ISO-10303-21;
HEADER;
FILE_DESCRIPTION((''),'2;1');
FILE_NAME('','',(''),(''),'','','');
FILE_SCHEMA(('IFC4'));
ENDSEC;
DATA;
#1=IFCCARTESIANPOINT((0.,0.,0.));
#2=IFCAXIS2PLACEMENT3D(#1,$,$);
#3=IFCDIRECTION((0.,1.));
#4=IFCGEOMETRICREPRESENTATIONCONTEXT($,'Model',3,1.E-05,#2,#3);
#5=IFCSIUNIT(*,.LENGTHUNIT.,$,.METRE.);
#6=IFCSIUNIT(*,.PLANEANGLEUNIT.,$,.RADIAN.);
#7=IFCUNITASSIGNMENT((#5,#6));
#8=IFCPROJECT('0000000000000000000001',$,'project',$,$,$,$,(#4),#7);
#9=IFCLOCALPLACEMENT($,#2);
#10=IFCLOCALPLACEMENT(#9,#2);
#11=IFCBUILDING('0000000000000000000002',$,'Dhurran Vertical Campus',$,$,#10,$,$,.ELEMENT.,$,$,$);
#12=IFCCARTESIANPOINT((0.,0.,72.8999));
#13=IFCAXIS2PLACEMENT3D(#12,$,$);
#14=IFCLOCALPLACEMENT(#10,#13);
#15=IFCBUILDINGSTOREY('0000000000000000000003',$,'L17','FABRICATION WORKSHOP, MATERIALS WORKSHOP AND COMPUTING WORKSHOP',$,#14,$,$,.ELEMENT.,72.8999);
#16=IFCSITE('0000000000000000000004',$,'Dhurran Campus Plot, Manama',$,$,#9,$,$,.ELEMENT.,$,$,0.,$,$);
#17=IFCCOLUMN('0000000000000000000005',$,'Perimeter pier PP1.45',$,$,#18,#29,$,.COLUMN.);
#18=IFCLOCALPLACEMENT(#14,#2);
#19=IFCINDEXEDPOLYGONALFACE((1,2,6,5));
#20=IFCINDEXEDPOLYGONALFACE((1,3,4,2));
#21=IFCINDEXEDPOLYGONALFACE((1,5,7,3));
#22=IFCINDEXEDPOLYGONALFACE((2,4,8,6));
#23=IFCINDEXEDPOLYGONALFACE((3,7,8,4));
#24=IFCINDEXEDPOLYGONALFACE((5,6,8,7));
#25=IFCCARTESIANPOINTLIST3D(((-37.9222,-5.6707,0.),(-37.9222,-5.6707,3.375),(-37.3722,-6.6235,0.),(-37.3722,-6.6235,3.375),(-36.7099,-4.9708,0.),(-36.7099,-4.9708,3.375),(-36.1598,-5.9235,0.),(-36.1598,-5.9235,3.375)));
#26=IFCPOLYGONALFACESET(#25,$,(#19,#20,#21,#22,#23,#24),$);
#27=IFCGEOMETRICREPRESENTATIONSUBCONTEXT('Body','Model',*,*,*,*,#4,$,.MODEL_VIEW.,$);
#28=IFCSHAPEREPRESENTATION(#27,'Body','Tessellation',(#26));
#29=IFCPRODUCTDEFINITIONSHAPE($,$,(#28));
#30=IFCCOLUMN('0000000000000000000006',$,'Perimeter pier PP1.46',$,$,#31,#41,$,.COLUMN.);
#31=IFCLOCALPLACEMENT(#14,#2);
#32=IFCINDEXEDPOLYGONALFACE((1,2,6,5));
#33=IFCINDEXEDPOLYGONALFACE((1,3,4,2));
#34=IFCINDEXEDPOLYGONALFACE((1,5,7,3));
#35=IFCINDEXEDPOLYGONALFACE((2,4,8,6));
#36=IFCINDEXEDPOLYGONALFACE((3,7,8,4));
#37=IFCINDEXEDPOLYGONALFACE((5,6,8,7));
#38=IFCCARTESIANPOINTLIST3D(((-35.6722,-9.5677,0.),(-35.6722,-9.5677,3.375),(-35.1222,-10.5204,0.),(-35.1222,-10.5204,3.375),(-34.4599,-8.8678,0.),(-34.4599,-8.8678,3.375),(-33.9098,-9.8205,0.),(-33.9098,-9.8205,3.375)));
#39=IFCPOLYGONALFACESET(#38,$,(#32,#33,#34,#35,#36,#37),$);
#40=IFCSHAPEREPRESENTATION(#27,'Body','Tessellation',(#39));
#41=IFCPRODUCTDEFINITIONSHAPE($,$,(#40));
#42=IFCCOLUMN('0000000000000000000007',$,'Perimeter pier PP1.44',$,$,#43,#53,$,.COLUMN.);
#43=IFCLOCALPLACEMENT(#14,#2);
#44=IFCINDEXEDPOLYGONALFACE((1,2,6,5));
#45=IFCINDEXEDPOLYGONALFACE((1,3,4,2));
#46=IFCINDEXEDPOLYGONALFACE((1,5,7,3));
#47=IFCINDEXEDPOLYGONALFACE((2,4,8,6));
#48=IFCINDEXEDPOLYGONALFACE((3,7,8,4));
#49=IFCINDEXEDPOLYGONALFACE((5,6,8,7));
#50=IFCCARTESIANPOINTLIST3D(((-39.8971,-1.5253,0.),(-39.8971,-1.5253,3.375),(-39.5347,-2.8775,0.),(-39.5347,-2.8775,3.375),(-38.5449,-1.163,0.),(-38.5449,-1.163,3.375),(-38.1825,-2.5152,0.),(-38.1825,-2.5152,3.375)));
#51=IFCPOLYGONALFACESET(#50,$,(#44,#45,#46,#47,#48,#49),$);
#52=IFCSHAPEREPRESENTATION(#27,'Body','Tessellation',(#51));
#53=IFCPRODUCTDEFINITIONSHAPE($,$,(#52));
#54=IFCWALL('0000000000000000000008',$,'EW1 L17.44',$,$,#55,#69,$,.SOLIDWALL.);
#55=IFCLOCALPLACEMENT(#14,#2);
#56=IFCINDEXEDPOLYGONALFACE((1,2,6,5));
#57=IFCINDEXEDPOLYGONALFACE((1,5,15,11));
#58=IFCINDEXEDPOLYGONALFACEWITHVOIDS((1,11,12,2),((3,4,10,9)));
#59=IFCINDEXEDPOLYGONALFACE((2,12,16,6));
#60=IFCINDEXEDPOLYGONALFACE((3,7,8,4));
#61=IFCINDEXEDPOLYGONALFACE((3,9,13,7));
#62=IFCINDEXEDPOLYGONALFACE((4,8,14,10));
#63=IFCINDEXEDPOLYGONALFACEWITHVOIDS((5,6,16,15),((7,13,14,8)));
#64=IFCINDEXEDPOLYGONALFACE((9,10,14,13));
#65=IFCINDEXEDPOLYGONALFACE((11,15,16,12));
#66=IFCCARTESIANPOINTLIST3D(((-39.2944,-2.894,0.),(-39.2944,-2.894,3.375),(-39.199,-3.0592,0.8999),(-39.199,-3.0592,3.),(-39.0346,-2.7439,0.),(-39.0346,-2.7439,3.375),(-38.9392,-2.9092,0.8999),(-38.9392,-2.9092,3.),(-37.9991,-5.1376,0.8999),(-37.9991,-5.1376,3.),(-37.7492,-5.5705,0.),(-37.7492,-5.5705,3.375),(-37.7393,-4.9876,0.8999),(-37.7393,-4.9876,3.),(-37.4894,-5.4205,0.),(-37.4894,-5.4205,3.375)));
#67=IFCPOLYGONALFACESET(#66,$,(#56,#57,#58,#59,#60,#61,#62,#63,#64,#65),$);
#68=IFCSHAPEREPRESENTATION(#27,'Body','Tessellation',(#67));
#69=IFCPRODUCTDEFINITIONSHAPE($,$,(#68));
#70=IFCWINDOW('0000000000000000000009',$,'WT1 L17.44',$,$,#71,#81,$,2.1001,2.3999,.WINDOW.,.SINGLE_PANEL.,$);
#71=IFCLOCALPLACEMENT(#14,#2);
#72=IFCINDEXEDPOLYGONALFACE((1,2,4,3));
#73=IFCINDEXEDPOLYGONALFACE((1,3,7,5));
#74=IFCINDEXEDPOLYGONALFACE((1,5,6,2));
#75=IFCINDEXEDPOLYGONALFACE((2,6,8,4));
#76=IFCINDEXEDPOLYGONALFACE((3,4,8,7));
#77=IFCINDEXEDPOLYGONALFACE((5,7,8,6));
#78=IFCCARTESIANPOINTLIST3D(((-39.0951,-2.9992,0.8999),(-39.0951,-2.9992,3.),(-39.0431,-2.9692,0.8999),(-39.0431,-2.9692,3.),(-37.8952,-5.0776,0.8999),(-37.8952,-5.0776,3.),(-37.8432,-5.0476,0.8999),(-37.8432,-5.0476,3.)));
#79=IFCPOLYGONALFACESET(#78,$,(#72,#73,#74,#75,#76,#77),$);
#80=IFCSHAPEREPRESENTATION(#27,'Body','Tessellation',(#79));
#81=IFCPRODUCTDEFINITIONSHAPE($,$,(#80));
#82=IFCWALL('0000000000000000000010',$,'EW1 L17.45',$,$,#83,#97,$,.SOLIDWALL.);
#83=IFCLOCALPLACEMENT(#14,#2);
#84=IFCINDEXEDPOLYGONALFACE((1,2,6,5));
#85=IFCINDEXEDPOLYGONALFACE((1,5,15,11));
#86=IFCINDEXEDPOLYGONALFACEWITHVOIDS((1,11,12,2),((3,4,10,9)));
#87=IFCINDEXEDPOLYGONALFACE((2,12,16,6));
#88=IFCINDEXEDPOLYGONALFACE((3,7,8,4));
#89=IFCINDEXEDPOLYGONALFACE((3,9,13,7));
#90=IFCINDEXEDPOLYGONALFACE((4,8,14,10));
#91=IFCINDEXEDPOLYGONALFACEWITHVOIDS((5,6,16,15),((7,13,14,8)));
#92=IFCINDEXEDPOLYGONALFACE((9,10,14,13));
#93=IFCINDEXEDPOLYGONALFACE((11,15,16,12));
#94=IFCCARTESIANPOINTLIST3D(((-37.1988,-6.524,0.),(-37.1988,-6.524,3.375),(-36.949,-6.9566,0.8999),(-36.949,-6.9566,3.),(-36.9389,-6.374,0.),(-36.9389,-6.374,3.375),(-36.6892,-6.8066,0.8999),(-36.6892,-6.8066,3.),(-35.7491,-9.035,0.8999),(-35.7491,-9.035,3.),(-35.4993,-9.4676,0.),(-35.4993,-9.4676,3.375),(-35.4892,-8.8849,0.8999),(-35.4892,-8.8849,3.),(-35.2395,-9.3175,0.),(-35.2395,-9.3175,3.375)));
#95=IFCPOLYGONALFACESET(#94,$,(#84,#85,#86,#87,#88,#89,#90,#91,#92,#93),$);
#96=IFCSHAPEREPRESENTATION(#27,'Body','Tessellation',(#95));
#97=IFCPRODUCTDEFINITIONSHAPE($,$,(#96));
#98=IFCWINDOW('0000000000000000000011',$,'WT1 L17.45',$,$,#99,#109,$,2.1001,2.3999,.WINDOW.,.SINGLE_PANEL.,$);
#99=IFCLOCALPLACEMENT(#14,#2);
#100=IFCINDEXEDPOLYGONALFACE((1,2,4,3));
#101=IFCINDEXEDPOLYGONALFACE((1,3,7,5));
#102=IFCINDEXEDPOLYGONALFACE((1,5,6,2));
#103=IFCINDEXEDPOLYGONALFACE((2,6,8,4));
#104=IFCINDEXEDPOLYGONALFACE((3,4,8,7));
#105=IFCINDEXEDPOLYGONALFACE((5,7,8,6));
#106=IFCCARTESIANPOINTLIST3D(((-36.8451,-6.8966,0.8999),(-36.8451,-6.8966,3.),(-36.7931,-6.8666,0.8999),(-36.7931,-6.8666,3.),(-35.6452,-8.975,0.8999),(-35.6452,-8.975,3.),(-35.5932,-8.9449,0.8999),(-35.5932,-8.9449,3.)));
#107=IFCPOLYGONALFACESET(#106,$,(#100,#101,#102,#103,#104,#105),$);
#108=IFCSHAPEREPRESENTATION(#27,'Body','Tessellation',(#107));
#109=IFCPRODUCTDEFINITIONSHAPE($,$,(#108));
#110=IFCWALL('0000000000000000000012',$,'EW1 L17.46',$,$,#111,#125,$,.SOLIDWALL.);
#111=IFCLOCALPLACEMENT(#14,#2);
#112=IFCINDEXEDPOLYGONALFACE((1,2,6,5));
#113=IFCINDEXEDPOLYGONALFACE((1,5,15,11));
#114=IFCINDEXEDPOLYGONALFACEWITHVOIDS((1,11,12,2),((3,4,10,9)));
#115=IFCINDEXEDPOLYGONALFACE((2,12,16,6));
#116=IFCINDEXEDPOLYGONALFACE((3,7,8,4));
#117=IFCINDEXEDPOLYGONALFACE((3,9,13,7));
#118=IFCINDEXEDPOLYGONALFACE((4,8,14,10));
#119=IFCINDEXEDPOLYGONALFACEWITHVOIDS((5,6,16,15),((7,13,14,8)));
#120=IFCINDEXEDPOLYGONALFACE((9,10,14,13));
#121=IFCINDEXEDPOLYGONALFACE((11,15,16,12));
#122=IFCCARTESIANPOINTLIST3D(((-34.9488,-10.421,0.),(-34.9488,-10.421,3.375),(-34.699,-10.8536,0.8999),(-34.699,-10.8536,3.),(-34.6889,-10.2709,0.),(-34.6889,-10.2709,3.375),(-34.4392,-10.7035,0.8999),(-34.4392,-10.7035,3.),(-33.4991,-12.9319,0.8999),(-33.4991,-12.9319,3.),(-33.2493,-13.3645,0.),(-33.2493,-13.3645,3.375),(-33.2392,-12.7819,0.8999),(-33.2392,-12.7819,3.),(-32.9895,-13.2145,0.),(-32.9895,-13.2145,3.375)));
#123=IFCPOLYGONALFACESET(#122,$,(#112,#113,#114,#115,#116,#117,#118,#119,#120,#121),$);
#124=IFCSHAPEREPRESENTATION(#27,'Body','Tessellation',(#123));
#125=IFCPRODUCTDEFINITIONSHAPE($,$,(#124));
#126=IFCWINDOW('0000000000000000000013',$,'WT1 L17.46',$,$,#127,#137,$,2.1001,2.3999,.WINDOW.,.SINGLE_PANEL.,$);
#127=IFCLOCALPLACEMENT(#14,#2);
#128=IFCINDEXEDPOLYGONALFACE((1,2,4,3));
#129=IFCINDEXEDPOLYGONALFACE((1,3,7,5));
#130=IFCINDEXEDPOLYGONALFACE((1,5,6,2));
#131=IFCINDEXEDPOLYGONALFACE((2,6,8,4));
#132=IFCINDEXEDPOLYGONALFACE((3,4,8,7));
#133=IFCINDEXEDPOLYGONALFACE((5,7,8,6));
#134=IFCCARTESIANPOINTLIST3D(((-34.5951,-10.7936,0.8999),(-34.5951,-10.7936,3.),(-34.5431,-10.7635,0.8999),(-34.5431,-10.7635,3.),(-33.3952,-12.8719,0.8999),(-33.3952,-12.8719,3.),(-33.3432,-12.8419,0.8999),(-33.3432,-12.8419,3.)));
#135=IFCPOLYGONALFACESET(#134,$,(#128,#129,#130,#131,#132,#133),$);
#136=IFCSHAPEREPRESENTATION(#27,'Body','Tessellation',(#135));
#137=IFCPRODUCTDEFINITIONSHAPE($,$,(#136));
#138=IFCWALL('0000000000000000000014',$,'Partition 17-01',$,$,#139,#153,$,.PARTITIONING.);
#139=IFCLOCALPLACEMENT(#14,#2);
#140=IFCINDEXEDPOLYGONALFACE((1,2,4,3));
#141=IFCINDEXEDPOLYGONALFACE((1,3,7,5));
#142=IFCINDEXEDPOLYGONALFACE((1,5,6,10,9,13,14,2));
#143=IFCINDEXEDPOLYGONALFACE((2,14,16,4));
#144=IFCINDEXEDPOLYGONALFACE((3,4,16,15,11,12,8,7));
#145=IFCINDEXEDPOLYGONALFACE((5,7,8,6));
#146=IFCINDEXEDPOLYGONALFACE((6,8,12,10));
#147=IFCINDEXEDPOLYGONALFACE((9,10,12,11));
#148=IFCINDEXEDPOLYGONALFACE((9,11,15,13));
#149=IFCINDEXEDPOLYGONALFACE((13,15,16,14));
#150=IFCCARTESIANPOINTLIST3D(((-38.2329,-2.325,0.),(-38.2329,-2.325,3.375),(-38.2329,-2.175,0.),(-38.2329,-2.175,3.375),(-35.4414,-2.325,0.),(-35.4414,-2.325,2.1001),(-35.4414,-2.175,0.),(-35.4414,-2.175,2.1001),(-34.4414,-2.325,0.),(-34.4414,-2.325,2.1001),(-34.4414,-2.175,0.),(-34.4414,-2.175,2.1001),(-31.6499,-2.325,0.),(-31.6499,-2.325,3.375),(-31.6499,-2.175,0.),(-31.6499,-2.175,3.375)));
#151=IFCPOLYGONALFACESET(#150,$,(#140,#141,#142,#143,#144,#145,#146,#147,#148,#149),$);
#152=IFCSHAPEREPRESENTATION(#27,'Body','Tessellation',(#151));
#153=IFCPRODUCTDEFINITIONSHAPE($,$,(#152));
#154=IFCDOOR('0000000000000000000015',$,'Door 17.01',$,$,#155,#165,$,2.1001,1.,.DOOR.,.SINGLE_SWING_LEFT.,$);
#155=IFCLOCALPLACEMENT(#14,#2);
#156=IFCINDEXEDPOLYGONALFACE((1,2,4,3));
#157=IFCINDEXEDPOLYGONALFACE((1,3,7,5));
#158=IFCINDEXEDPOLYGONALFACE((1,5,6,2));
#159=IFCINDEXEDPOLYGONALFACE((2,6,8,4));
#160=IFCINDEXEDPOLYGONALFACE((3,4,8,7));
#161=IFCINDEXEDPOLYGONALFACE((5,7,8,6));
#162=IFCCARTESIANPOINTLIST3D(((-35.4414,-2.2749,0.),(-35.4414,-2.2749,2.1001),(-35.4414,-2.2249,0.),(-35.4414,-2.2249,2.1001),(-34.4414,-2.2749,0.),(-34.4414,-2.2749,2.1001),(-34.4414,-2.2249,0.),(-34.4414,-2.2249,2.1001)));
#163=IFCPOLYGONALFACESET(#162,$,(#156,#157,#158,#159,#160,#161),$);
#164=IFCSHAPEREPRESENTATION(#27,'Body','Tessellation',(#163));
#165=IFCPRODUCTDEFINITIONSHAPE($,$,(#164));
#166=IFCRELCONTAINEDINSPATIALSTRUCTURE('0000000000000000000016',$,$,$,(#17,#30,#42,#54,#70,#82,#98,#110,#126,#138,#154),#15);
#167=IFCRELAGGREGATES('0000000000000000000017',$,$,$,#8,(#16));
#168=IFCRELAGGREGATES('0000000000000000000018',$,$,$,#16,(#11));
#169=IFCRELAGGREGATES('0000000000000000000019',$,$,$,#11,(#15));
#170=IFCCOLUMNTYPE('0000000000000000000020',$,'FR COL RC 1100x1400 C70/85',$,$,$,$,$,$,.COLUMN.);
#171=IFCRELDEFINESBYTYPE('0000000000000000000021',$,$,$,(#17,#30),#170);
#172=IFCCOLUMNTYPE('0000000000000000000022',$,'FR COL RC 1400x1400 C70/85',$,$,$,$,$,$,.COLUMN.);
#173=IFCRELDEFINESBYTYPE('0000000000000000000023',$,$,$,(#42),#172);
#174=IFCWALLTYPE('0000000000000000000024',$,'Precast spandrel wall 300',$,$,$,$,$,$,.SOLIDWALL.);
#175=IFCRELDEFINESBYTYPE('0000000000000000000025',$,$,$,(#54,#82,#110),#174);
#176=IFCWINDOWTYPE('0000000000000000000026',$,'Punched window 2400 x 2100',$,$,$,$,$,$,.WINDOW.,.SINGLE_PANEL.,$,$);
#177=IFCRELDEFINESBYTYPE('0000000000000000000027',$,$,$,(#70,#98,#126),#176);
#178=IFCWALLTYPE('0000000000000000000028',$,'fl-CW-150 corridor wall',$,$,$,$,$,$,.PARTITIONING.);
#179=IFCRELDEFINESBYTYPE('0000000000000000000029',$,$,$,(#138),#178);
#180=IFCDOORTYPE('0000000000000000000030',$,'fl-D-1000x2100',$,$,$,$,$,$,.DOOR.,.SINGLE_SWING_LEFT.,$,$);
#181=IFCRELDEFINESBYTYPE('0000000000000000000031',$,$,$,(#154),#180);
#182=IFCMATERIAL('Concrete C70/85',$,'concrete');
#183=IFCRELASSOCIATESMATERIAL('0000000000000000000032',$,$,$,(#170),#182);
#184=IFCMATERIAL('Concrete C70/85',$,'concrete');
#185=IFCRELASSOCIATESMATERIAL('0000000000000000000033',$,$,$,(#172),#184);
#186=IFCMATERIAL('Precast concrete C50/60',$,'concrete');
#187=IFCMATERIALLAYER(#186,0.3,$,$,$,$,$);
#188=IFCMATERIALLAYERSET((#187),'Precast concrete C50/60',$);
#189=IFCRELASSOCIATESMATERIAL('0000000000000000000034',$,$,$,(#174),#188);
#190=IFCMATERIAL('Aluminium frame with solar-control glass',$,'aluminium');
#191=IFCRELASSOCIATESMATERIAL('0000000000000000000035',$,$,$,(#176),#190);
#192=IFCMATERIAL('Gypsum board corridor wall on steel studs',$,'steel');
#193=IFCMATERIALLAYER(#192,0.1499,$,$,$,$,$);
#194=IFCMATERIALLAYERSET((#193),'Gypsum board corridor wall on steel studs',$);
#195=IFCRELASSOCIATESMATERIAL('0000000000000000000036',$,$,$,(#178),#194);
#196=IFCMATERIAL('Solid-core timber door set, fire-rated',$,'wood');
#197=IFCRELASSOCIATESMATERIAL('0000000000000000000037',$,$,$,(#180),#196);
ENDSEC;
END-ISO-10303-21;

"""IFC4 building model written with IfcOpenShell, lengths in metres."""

from ifc_helpers import new_model, si_unit, direction, frame, frame_2d, origin, origin_2d, place, context, subcontext, project, spatial, rectangle, extrude, material, layer, layer_set, material_profile, profile_set, type_object, element, fill, save


model = new_model("IFC4")

# Units and contexts
model_context = context("Model", 3, precision=1e-05, world=origin(), true_north=direction((0.0, 1.0)))
body_context = subcontext(model_context, "Body", "Model", "MODEL_VIEW")
ifc_project = project(units=[si_unit("LENGTHUNIT", "METRE"), si_unit("PLANEANGLEUNIT", "RADIAN")], contexts=[model_context])

# Site, building, storey
site_placement = place(None, origin())
site = spatial("IfcSite", under=ifc_project, at=site_placement, Name="Dhurran Campus Plot, Manama", CompositionType="ELEMENT", RefElevation=0.0)
building_placement = place(site_placement, origin())
building = spatial("IfcBuilding", under=site, at=building_placement, Name="Dhurran Vertical Campus", CompositionType="ELEMENT")
storey_placement = place(building_placement, frame((0.0, 0.0, 72.8999)))
storey = spatial("IfcBuildingStorey", under=building, at=storey_placement, Name="L17", Description="FABRICATION WORKSHOP, MATERIALS WORKSHOP AND COMPUTING WORKSHOP", CompositionType="ELEMENT", Elevation=72.8999)

# Columns
ifc_material_1 = material(Name="Concrete C70/85", Category="concrete")
ifc_material_profile_1 = material_profile(ifc_material_1, rectangle(XDim=1.1001, YDim=1.3999, at=origin_2d()), Name="RC 1100x1400")
ifc_profile_set_1 = profile_set([ifc_material_profile_1], Name="Concrete C70/85")
column_type_1 = type_object("IfcColumnType", Name="FR COL RC 1100x1400 C70/85", PredefinedType="COLUMN", material=ifc_profile_set_1)
for number, where, z_axis, x_axis, name in (
    (1, (-37.041, -5.7971, 0.0), (0.0, 0.0, 1.0), (0.5, -0.866025, 0.0), "Perimeter pier PP1.45"),
    (2, (-34.791, -9.6941, 0.0), (0.0, 0.0, 1.0), (0.5, -0.866025, 0.0), "Perimeter pier PP1.46"),
):
    element("IfcColumn", number, at=place(storey_placement, frame(where, z_axis=z_axis, x_axis=x_axis)), inside=storey, type_object=column_type_1, Name=name, PredefinedType="COLUMN", context=body_context, shape_type="SweptSolid", body=[
        extrude(rectangle(XDim=1.1001, YDim=1.3999, at=origin_2d()), origin(), (0.0, 0.0, 1.0), 3.375),
    ])
ifc_material_2 = material(Name="Concrete C70/85", Category="concrete")
ifc_material_profile_2 = material_profile(ifc_material_2, rectangle(XDim=1.3999, YDim=1.3999, at=origin_2d()), Name="RC 1400x1400")
ifc_profile_set_2 = profile_set([ifc_material_profile_2], Name="Concrete C70/85")
column_type_2 = type_object("IfcColumnType", Name="FR COL RC 1400x1400 C70/85", PredefinedType="COLUMN", material=ifc_profile_set_2)
column_placement = place(storey_placement, frame((-39.0398, -2.0203, 0.0), z_axis=(0.0, 0.0, 1.0), x_axis=(0.258819, -0.965926, 0.0)))
element("IfcColumn", 3, at=column_placement, inside=storey, type_object=column_type_2, Name="Perimeter pier PP1.44", PredefinedType="COLUMN", context=body_context, shape_type="SweptSolid", body=[
    extrude(rectangle(XDim=1.3999, YDim=1.3999, at=origin_2d()), origin(), (0.0, 0.0, 1.0), 3.375),
])

# Walls, openings, windows
ifc_material_3 = material(Name="Precast concrete C50/60", Category="concrete")
ifc_layer_1 = layer(ifc_material_3, 0.3)
ifc_layer_set_1 = layer_set([ifc_layer_1], Name="Precast concrete C50/60")
wall_type_1 = type_object("IfcWallType", Name="Precast spandrel wall 300", PredefinedType="SOLIDWALL", material=ifc_layer_set_1)
wall_1_placement = place(storey_placement, frame((-39.1646, -2.8188, 0.0), z_axis=(0.0, 0.0, 1.0), x_axis=(0.499971, -0.866042, 0.0)))
wall_1 = element("IfcWall", 4, at=wall_1_placement, inside=storey, type_object=wall_type_1, Name="EW1 L17.44", PredefinedType="SOLIDWALL", context=body_context, shape_type="SweptSolid", body=[
    extrude(rectangle(XDim=3.0906, YDim=0.3, at=frame_2d((1.5454, 0.0))), origin(), (0.0, 0.0, 1.0), 3.375),
])
opening_1_placement = place(wall_1_placement, frame((0.1909, 0.0, 0.8999)))
opening_1 = element("IfcOpeningElement", 5, at=opening_1_placement, cuts=wall_1, PredefinedType="OPENING", context=body_context, shape_type="SweptSolid", body=[
    extrude(rectangle(XDim=2.3999, YDim=2.1001, at=frame_2d((1.2, 1.05))), frame((0.0, 0.1599, 0.0), z_axis=(0.0, -1.0, 0.0), x_axis=(1.0, 0.0, 0.0)), (0.0, 0.0, 1.0), 0.3201),
])
ifc_material_4 = material(Name="Aluminium frame with solar-control glass", Category="aluminium")
window_type = type_object("IfcWindowType", Name="Punched window 2400 x 2100", PartitioningType="SINGLE_PANEL", PredefinedType="WINDOW", material=ifc_material_4)
window_1_placement = place(opening_1_placement, origin())
window_1 = element("IfcWindow", 6, at=window_1_placement, inside=storey, type_object=window_type, Name="WT1 L17.44", OverallHeight=2.1001, OverallWidth=2.3999, PartitioningType="SINGLE_PANEL", PredefinedType="WINDOW", context=body_context, shape_type="SweptSolid", body=[
    extrude(rectangle(XDim=2.3999, YDim=2.1001, at=frame_2d((1.2, 1.05))), frame((0.0, 0.03, 0.0), z_axis=(0.0, -1.0, 0.0), x_axis=(1.0, 0.0, 0.0)), (0.0, 0.0, 1.0), 0.0601),
])
fill(opening_1, window_1)
wall_2_placement = place(storey_placement, frame((-37.0688, -6.449, 0.0), z_axis=(0.0, 0.0, 1.0), x_axis=(0.499994, -0.866029, 0.0)))
wall_2 = element("IfcWall", 7, at=wall_2_placement, inside=storey, type_object=wall_type_1, Name="EW1 L17.45", PredefinedType="SOLIDWALL", context=body_context, shape_type="SweptSolid", body=[
    extrude(rectangle(XDim=3.3989, YDim=0.3, at=frame_2d((1.6995, 0.0))), origin(), (0.0, 0.0, 1.0), 3.375),
])
opening_2_placement = place(wall_2_placement, frame((0.4995, 0.0, 0.8999)))
opening_2 = element("IfcOpeningElement", 8, at=opening_2_placement, cuts=wall_2, PredefinedType="OPENING", context=body_context, shape_type="SweptSolid", body=[
    extrude(rectangle(XDim=2.3999, YDim=2.1001, at=frame_2d((1.2, 1.05))), frame((0.0, 0.1599, 0.0), z_axis=(0.0, -1.0, 0.0), x_axis=(1.0, 0.0, 0.0)), (0.0, 0.0, 1.0), 0.3201),
])
window_2_placement = place(opening_2_placement, origin())
window_2 = element("IfcWindow", 9, at=window_2_placement, inside=storey, type_object=window_type, Name="WT1 L17.45", OverallHeight=2.1001, OverallWidth=2.3999, PartitioningType="SINGLE_PANEL", PredefinedType="WINDOW", context=body_context, shape_type="SweptSolid", body=[
    extrude(rectangle(XDim=2.3999, YDim=2.1001, at=frame_2d((1.2, 1.05))), frame((0.0, 0.03, 0.0), z_axis=(0.0, -1.0, 0.0), x_axis=(1.0, 0.0, 0.0)), (0.0, 0.0, 1.0), 0.0601),
])
fill(opening_2, window_2)
wall_3_placement = place(storey_placement, frame((-34.8188, -10.3459, 0.0), z_axis=(0.0, 0.0, 1.0), x_axis=(0.499994, -0.866029, 0.0)))
wall_3 = element("IfcWall", 10, at=wall_3_placement, inside=storey, type_object=wall_type_1, Name="EW1 L17.46", PredefinedType="SOLIDWALL", context=body_context, shape_type="SweptSolid", body=[
    extrude(rectangle(XDim=3.3989, YDim=0.3, at=frame_2d((1.6995, 0.0))), origin(), (0.0, 0.0, 1.0), 3.375),
])
opening_3_placement = place(wall_3_placement, frame((0.4995, 0.0, 0.8999)))
opening_3 = element("IfcOpeningElement", 11, at=opening_3_placement, cuts=wall_3, PredefinedType="OPENING", context=body_context, shape_type="SweptSolid", body=[
    extrude(rectangle(XDim=2.3999, YDim=2.1001, at=frame_2d((1.2, 1.05))), frame((0.0, 0.1599, 0.0), z_axis=(0.0, -1.0, 0.0), x_axis=(1.0, 0.0, 0.0)), (0.0, 0.0, 1.0), 0.3201),
])
window_3_placement = place(opening_3_placement, origin())
window_3 = element("IfcWindow", 12, at=window_3_placement, inside=storey, type_object=window_type, Name="WT1 L17.46", OverallHeight=2.1001, OverallWidth=2.3999, PartitioningType="SINGLE_PANEL", PredefinedType="WINDOW", context=body_context, shape_type="SweptSolid", body=[
    extrude(rectangle(XDim=2.3999, YDim=2.1001, at=frame_2d((1.2, 1.05))), frame((0.0, 0.03, 0.0), z_axis=(0.0, -1.0, 0.0), x_axis=(1.0, 0.0, 0.0)), (0.0, 0.0, 1.0), 0.0601),
])
fill(opening_3, window_3)

# Wall, opening, door
ifc_material_5 = material(Name="Gypsum board corridor wall on steel studs", Category="steel")
ifc_layer_2 = layer(ifc_material_5, 0.1499)
ifc_layer_set_2 = layer_set([ifc_layer_2], Name="Gypsum board corridor wall on steel studs")
wall_type_2 = type_object("IfcWallType", Name="fl-CW-150 corridor wall", PredefinedType="PARTITIONING", material=ifc_layer_set_2)
wall_4_placement = place(storey_placement, frame((-31.6499, -2.25, 0.0), z_axis=(0.0, 0.0, 1.0), x_axis=(-1.0, 0.0, 0.0)))
wall_4 = element("IfcWall", 13, at=wall_4_placement, inside=storey, type_object=wall_type_2, Name="Partition 17-01", PredefinedType="PARTITIONING", context=body_context, shape_type="SweptSolid", body=[
    extrude(rectangle(XDim=6.583, YDim=0.1499, at=frame_2d((3.2915, 0.0))), origin(), (0.0, 0.0, 1.0), 3.375),
])
opening_4_placement = place(wall_4_placement, frame((2.7915, 0.0, 0.0)))
opening_4 = element("IfcOpeningElement", 14, at=opening_4_placement, cuts=wall_4, PredefinedType="OPENING", context=body_context, shape_type="SweptSolid", body=[
    extrude(rectangle(XDim=1.0, YDim=2.1001, at=frame_2d((0.5, 1.05))), frame((0.0, 0.085, 0.0), z_axis=(0.0, -1.0, 0.0), x_axis=(1.0, 0.0, 0.0)), (0.0, 0.0, 1.0), 0.1699),
])
ifc_material_6 = material(Name="Solid-core timber door set, fire-rated", Category="wood")
door_type = type_object("IfcDoorType", Name="fl-D-1000x2100", OperationType="SINGLE_SWING_LEFT", PredefinedType="DOOR", material=ifc_material_6)
door_placement = place(opening_4_placement, origin())
door = element("IfcDoor", 15, at=door_placement, inside=storey, type_object=door_type, Name="Door 17.01", OperationType="SINGLE_SWING_LEFT", OverallHeight=2.1001, OverallWidth=1.0, PredefinedType="DOOR", context=body_context, shape_type="SweptSolid", body=[
    extrude(rectangle(XDim=1.0, YDim=2.1001, at=frame_2d((0.5, 1.05))), frame((0.0, 0.0249, 0.0), z_axis=(0.0, -1.0, 0.0), x_axis=(1.0, 0.0, 0.0)), (0.0, 0.0, 1.0), 0.05),
])
fill(opening_4, door)

save(model, "model.ifc")
